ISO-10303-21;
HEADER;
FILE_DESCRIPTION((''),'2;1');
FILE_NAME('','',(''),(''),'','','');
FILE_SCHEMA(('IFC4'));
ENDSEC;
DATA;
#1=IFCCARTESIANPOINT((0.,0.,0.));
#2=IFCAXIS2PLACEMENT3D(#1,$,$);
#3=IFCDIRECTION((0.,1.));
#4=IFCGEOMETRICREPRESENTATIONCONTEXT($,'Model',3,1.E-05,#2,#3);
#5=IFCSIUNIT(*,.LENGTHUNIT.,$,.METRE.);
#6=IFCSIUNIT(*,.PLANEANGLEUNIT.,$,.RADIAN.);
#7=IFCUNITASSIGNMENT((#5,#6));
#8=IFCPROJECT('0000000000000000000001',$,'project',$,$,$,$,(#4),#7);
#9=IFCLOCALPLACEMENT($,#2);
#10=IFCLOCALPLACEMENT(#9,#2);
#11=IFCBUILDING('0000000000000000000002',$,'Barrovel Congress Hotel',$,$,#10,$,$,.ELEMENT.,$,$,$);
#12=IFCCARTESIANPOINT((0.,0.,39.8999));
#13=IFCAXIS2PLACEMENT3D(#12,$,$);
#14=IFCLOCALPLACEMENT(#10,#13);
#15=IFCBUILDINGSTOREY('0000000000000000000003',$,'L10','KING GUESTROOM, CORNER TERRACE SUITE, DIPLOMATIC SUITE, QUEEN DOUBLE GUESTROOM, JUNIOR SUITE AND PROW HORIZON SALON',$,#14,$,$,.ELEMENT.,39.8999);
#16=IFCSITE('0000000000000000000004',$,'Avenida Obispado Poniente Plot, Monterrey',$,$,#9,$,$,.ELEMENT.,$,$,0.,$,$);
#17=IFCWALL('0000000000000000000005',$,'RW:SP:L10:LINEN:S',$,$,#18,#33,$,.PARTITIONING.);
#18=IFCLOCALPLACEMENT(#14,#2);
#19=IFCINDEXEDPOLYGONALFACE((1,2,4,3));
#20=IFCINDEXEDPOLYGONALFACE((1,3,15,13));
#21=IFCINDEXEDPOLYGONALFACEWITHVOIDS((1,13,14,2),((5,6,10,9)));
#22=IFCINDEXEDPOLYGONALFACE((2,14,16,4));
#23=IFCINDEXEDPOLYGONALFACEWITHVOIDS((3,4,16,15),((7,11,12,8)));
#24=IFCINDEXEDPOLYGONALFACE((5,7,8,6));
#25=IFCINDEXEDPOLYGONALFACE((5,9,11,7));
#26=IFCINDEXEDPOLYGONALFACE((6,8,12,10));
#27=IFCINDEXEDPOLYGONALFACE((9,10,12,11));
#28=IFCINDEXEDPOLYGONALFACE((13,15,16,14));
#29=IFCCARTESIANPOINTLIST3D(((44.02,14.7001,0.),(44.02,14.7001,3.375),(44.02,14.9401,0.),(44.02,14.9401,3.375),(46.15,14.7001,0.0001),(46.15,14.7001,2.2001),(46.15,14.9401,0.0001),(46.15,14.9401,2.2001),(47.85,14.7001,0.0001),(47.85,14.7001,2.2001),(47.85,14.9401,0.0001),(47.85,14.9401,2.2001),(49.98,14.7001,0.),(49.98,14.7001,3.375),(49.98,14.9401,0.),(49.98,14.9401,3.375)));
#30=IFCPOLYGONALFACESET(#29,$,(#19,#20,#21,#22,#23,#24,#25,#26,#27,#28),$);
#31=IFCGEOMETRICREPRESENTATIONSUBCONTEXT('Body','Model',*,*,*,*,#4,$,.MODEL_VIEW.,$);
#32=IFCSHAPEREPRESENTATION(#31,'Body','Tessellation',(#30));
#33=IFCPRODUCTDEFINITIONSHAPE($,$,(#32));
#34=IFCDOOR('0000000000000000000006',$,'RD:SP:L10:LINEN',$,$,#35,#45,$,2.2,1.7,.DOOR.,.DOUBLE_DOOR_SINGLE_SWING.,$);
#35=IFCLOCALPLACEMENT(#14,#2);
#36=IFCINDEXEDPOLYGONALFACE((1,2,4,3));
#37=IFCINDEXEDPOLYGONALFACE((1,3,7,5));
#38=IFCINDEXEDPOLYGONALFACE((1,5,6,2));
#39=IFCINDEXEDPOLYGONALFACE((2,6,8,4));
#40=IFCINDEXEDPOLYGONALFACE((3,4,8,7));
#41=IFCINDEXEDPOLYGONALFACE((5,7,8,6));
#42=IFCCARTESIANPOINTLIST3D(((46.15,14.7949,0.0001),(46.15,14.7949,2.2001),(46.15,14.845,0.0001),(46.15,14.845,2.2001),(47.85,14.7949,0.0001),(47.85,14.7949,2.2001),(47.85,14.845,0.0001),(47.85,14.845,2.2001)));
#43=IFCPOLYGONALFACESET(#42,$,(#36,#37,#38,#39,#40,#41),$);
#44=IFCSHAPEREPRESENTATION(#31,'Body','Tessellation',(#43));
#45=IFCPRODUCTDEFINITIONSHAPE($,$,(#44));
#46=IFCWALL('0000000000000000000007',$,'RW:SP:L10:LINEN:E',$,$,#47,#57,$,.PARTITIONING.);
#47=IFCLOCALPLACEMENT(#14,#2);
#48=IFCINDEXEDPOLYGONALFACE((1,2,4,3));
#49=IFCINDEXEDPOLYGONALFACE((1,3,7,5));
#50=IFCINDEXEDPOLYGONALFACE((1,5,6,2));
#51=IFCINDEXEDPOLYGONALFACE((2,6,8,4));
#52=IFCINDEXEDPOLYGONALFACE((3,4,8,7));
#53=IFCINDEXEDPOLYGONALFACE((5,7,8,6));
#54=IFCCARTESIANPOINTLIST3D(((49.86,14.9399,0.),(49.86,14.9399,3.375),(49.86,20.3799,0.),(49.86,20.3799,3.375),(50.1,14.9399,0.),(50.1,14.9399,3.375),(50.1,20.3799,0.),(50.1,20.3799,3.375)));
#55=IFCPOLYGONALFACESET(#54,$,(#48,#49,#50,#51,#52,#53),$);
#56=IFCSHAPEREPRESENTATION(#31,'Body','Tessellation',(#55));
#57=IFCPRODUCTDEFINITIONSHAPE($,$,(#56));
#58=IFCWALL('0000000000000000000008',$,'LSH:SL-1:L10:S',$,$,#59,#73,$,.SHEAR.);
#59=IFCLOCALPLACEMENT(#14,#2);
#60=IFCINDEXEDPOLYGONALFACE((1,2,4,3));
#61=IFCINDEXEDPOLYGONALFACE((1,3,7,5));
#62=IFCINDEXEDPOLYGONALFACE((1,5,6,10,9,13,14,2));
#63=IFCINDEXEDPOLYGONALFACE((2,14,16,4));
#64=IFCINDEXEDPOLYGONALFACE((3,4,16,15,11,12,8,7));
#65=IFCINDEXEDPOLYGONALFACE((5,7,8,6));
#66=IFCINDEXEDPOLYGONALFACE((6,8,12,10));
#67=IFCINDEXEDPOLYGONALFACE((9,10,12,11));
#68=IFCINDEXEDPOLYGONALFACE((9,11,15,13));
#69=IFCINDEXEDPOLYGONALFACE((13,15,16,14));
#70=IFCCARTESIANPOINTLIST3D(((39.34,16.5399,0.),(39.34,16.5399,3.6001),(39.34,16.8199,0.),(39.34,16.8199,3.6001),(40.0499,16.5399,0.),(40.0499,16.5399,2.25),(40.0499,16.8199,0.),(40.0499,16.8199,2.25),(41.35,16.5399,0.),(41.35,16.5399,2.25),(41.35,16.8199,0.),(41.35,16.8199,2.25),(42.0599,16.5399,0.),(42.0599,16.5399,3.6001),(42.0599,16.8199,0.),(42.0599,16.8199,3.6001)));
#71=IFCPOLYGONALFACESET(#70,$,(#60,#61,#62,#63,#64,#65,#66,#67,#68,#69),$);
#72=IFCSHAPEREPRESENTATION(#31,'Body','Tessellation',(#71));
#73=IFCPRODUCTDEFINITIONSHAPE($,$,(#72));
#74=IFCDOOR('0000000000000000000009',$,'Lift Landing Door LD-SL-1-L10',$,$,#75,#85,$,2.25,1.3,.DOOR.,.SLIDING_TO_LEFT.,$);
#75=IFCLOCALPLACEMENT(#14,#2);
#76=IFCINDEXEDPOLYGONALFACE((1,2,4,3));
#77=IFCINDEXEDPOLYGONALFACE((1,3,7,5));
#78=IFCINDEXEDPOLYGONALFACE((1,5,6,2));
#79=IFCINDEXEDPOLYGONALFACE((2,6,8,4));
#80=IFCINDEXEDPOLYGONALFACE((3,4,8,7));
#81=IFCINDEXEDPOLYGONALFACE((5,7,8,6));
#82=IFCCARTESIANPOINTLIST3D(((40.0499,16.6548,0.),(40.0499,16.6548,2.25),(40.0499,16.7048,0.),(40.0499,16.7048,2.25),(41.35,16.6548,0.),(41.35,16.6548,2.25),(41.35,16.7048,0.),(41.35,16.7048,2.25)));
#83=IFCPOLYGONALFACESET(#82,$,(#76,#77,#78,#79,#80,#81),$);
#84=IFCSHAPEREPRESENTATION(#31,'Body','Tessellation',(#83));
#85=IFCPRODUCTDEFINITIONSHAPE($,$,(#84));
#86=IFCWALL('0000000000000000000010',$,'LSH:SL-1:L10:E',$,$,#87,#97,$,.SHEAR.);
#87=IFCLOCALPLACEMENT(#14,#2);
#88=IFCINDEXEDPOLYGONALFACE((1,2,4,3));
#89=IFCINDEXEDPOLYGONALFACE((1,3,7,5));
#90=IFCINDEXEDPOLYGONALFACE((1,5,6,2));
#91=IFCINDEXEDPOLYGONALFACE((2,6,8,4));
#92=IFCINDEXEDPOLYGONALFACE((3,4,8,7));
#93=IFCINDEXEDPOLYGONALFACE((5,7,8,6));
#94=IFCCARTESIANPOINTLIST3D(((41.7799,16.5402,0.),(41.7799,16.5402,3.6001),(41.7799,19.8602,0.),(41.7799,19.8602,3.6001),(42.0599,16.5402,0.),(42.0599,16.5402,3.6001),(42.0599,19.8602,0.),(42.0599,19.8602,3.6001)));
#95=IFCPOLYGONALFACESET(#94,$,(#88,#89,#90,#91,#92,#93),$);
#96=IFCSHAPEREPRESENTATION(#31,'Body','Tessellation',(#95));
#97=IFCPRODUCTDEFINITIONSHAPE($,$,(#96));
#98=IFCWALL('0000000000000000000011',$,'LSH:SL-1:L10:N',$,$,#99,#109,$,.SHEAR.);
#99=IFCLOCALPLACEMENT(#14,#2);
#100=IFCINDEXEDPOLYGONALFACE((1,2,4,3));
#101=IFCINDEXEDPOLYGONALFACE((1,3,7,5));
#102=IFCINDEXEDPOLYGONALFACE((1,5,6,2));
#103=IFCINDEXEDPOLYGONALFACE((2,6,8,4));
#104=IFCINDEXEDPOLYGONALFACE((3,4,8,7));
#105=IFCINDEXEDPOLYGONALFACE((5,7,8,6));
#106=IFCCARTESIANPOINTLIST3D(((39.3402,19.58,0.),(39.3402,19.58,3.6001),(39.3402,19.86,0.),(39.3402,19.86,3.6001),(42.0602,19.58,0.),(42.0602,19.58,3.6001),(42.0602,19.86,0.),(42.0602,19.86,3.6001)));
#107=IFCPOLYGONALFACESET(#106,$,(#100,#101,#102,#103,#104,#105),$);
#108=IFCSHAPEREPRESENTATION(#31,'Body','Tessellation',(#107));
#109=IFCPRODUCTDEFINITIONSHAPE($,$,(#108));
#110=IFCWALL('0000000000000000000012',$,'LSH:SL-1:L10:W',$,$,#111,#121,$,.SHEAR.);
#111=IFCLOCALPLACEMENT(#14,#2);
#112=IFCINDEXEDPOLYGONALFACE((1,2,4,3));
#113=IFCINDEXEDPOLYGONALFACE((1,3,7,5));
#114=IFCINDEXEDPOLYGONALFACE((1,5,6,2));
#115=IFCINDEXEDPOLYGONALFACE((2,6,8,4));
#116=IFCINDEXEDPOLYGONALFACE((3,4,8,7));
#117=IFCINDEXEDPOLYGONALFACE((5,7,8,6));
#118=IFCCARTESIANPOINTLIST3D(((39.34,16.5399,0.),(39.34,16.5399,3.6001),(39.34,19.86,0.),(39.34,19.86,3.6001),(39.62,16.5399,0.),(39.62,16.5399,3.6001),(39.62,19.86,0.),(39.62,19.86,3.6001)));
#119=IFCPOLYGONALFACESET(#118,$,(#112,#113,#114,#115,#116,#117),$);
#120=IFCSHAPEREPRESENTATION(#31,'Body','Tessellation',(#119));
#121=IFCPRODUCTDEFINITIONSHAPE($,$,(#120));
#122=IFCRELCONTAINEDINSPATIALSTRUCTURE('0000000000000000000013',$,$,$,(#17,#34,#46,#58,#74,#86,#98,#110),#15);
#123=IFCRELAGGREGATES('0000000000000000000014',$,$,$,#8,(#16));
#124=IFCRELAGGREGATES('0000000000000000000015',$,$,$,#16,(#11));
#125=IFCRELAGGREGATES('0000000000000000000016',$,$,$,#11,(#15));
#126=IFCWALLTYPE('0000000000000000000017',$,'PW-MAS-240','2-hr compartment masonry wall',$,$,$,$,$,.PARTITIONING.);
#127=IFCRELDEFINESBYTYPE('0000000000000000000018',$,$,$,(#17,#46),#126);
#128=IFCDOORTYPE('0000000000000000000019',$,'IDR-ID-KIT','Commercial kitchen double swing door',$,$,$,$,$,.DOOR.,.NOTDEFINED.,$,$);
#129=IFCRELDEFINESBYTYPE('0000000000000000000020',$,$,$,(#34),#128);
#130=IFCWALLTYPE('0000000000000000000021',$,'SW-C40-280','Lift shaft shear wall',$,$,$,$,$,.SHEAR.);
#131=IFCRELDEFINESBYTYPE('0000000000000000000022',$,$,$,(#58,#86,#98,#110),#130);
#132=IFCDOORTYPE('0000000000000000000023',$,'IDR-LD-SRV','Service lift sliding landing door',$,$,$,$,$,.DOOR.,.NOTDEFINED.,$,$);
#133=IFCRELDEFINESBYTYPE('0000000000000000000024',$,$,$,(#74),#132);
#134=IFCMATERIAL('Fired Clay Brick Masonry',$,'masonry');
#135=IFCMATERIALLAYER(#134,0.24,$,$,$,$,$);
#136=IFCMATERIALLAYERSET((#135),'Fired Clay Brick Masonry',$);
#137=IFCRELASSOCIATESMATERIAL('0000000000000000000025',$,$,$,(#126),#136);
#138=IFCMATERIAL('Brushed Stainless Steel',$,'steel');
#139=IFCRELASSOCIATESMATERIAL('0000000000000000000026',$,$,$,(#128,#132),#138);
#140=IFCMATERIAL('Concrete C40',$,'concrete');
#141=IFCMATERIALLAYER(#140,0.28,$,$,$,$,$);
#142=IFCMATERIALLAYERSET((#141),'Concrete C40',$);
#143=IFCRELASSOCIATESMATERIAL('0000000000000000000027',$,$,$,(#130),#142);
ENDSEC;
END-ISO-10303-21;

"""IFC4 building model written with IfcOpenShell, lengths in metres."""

from ifc_helpers import new_model, si_unit, direction, frame, frame_2d, origin, place, context, subcontext, project, spatial, rectangle, extrude, material, layer, layer_set, type_object, element, fill, save


model = new_model("IFC4")

# Units and contexts
model_context = context("Model", 3, precision=1e-05, world=origin(), true_north=direction((0.0, 1.0)))
body_context = subcontext(model_context, "Body", "Model", "MODEL_VIEW")
ifc_project = project(units=[si_unit("LENGTHUNIT", "METRE"), si_unit("PLANEANGLEUNIT", "RADIAN")], contexts=[model_context])

# Site, building, storey
site_placement = place(None, origin())
site = spatial("IfcSite", under=ifc_project, at=site_placement, Name="Avenida Obispado Poniente Plot, Monterrey", CompositionType="ELEMENT", RefElevation=0.0)
building_placement = place(site_placement, origin())
building = spatial("IfcBuilding", under=site, at=building_placement, Name="Barrovel Congress Hotel", CompositionType="ELEMENT")
storey_placement = place(building_placement, frame((0.0, 0.0, 39.8999)))
storey = spatial("IfcBuildingStorey", under=building, at=storey_placement, Name="L10", Description="KING GUESTROOM, CORNER TERRACE SUITE, DIPLOMATIC SUITE, QUEEN DOUBLE GUESTROOM, JUNIOR SUITE AND PROW HORIZON SALON", CompositionType="ELEMENT", Elevation=39.8999)

# Shared definitions
ifc_material_1 = material(Name="Concrete C40", Category="concrete")

# Wall, opening, door
ifc_material_2 = material(Name="Fired Clay Brick Masonry", Category="masonry")
ifc_layer_1 = layer(ifc_material_2, 0.24)
ifc_layer_set_1 = layer_set([ifc_layer_1], Name="Fired Clay Brick Masonry")
wall_type_1 = type_object("IfcWallType", Name="PW-MAS-240", Description="2-hr compartment masonry wall", PredefinedType="PARTITIONING", material=ifc_layer_set_1)
wall_1_placement = place(storey_placement, frame((44.02, 14.8201, 0.0), z_axis=(0.0, 0.0, 1.0), x_axis=(1.0, 0.0, 0.0)))
wall_1 = element("IfcWall", 1, at=wall_1_placement, inside=storey, type_object=wall_type_1, Name="RW:SP:L10:LINEN:S", PredefinedType="PARTITIONING", context=body_context, shape_type="SweptSolid", body=[
    extrude(rectangle(XDim=5.96, YDim=0.24, at=frame_2d((2.98, 0.0))), origin(), (0.0, 0.0, 1.0), 3.375),
])
opening_1_placement = place(wall_1_placement, frame((2.1299, 0.0, 0.0)))
opening_1 = element("IfcOpeningElement", 2, at=opening_1_placement, cuts=wall_1, PredefinedType="OPENING", context=body_context, shape_type="SweptSolid", body=[
    extrude(rectangle(XDim=1.7, YDim=2.2, at=frame_2d((0.8501, 1.1001))), frame((0.0, 0.1299, 0.0), z_axis=(0.0, -1.0, 0.0), x_axis=(1.0, 0.0, 0.0)), (0.0, 0.0, 1.0), 0.26),
])
ifc_material_3 = material(Name="Brushed Stainless Steel", Category="steel")
door_type_1 = type_object("IfcDoorType", Name="IDR-ID-KIT", Description="Commercial kitchen double swing door", OperationType="NOTDEFINED", PredefinedType="DOOR", material=ifc_material_3)
door_1_placement = place(opening_1_placement, origin())
door_1 = element("IfcDoor", 3, at=door_1_placement, inside=storey, type_object=door_type_1, Name="RD:SP:L10:LINEN", OperationType="DOUBLE_DOOR_SINGLE_SWING", OverallHeight=2.2, OverallWidth=1.7, PredefinedType="DOOR", context=body_context, shape_type="SweptSolid", body=[
    extrude(rectangle(XDim=1.7, YDim=2.2, at=frame_2d((0.8501, 1.1001))), frame((0.0, 0.0249, 0.0), z_axis=(0.0, -1.0, 0.0), x_axis=(1.0, 0.0, 0.0)), (0.0, 0.0, 1.0), 0.05),
])
fill(opening_1, door_1)

# Wall
wall_2_placement = place(storey_placement, frame((49.98, 14.9399, 0.0), z_axis=(0.0, 0.0, 1.0), x_axis=(0.0, 1.0, 0.0)))
element("IfcWall", 4, at=wall_2_placement, inside=storey, type_object=wall_type_1, Name="RW:SP:L10:LINEN:E", PredefinedType="PARTITIONING", context=body_context, shape_type="SweptSolid", body=[
    extrude(rectangle(XDim=5.4399, YDim=0.24, at=frame_2d((2.72, 0.0))), origin(), (0.0, 0.0, 1.0), 3.375),
])

# Wall, opening, door
ifc_layer_2 = layer(ifc_material_1, 0.28)
ifc_layer_set_2 = layer_set([ifc_layer_2], Name="Concrete C40")
wall_type_2 = type_object("IfcWallType", Name="SW-C40-280", Description="Lift shaft shear wall", PredefinedType="SHEAR", material=ifc_layer_set_2)
wall_3_placement = place(storey_placement, frame((39.3401, 16.6799, 0.0), z_axis=(0.0, 0.0, 1.0), x_axis=(1.0, 0.0, 0.0)))
wall_3 = element("IfcWall", 5, at=wall_3_placement, inside=storey, type_object=wall_type_2, Name="LSH:SL-1:L10:S", PredefinedType="SHEAR", context=body_context, shape_type="SweptSolid", body=[
    extrude(rectangle(XDim=2.72, YDim=0.28, at=frame_2d((1.3599, 0.0))), origin(), (0.0, 0.0, 1.0), 3.6001),
])
opening_2_placement = place(wall_3_placement, frame((0.71, 0.0, 0.0)))
opening_2 = element("IfcOpeningElement", 6, at=opening_2_placement, cuts=wall_3, PredefinedType="OPENING", context=body_context, shape_type="SweptSolid", body=[
    extrude(rectangle(XDim=1.3, YDim=2.25, at=frame_2d((0.6499, 1.125))), frame((0.0, 0.1499, 0.0), z_axis=(0.0, -1.0, 0.0), x_axis=(1.0, 0.0, 0.0)), (0.0, 0.0, 1.0), 0.3),
])
door_type_2 = type_object("IfcDoorType", Name="IDR-LD-SRV", Description="Service lift sliding landing door", OperationType="NOTDEFINED", PredefinedType="DOOR", material=ifc_material_3)
door_2_placement = place(opening_2_placement, origin())
door_2 = element("IfcDoor", 7, at=door_2_placement, inside=storey, type_object=door_type_2, Name="Lift Landing Door LD-SL-1-L10", OperationType="SLIDING_TO_LEFT", OverallHeight=2.25, OverallWidth=1.3, PredefinedType="DOOR", context=body_context, shape_type="SweptSolid", body=[
    extrude(rectangle(XDim=1.3, YDim=2.25, at=frame_2d((0.6499, 1.125))), frame((0.0, 0.0249, 0.0), z_axis=(0.0, -1.0, 0.0), x_axis=(1.0, 0.0, 0.0)), (0.0, 0.0, 1.0), 0.05),
])
fill(opening_2, door_2)

# Walls
wall_4_placement = place(storey_placement, frame((41.9199, 16.54, 0.0), z_axis=(0.0, 0.0, 1.0), x_axis=(0.0, 1.0, 0.0)))
element("IfcWall", 8, at=wall_4_placement, inside=storey, type_object=wall_type_2, Name="LSH:SL-1:L10:E", PredefinedType="SHEAR", context=body_context, shape_type="SweptSolid", body=[
    extrude(rectangle(XDim=3.3201, YDim=0.28, at=frame_2d((1.6602, 0.0))), origin(), (0.0, 0.0, 1.0), 3.6001),
])
wall_5_placement = place(storey_placement, frame((42.0601, 19.72, 0.0), z_axis=(0.0, 0.0, 1.0), x_axis=(-1.0, 0.0, 0.0)))
element("IfcWall", 9, at=wall_5_placement, inside=storey, type_object=wall_type_2, Name="LSH:SL-1:L10:N", PredefinedType="SHEAR", context=body_context, shape_type="SweptSolid", body=[
    extrude(rectangle(XDim=2.72, YDim=0.28, at=frame_2d((1.3599, 0.0))), origin(), (0.0, 0.0, 1.0), 3.6001),
])
wall_6_placement = place(storey_placement, frame((39.48, 19.8601, 0.0), z_axis=(0.0, 0.0, 1.0), x_axis=(0.0, -1.0, 0.0)))
element("IfcWall", 10, at=wall_6_placement, inside=storey, type_object=wall_type_2, Name="LSH:SL-1:L10:W", PredefinedType="SHEAR", context=body_context, shape_type="SweptSolid", body=[
    extrude(rectangle(XDim=3.3201, YDim=0.28, at=frame_2d((1.6602, 0.0))), origin(), (0.0, 0.0, 1.0), 3.6001),
])

save(model, "model.ifc")
